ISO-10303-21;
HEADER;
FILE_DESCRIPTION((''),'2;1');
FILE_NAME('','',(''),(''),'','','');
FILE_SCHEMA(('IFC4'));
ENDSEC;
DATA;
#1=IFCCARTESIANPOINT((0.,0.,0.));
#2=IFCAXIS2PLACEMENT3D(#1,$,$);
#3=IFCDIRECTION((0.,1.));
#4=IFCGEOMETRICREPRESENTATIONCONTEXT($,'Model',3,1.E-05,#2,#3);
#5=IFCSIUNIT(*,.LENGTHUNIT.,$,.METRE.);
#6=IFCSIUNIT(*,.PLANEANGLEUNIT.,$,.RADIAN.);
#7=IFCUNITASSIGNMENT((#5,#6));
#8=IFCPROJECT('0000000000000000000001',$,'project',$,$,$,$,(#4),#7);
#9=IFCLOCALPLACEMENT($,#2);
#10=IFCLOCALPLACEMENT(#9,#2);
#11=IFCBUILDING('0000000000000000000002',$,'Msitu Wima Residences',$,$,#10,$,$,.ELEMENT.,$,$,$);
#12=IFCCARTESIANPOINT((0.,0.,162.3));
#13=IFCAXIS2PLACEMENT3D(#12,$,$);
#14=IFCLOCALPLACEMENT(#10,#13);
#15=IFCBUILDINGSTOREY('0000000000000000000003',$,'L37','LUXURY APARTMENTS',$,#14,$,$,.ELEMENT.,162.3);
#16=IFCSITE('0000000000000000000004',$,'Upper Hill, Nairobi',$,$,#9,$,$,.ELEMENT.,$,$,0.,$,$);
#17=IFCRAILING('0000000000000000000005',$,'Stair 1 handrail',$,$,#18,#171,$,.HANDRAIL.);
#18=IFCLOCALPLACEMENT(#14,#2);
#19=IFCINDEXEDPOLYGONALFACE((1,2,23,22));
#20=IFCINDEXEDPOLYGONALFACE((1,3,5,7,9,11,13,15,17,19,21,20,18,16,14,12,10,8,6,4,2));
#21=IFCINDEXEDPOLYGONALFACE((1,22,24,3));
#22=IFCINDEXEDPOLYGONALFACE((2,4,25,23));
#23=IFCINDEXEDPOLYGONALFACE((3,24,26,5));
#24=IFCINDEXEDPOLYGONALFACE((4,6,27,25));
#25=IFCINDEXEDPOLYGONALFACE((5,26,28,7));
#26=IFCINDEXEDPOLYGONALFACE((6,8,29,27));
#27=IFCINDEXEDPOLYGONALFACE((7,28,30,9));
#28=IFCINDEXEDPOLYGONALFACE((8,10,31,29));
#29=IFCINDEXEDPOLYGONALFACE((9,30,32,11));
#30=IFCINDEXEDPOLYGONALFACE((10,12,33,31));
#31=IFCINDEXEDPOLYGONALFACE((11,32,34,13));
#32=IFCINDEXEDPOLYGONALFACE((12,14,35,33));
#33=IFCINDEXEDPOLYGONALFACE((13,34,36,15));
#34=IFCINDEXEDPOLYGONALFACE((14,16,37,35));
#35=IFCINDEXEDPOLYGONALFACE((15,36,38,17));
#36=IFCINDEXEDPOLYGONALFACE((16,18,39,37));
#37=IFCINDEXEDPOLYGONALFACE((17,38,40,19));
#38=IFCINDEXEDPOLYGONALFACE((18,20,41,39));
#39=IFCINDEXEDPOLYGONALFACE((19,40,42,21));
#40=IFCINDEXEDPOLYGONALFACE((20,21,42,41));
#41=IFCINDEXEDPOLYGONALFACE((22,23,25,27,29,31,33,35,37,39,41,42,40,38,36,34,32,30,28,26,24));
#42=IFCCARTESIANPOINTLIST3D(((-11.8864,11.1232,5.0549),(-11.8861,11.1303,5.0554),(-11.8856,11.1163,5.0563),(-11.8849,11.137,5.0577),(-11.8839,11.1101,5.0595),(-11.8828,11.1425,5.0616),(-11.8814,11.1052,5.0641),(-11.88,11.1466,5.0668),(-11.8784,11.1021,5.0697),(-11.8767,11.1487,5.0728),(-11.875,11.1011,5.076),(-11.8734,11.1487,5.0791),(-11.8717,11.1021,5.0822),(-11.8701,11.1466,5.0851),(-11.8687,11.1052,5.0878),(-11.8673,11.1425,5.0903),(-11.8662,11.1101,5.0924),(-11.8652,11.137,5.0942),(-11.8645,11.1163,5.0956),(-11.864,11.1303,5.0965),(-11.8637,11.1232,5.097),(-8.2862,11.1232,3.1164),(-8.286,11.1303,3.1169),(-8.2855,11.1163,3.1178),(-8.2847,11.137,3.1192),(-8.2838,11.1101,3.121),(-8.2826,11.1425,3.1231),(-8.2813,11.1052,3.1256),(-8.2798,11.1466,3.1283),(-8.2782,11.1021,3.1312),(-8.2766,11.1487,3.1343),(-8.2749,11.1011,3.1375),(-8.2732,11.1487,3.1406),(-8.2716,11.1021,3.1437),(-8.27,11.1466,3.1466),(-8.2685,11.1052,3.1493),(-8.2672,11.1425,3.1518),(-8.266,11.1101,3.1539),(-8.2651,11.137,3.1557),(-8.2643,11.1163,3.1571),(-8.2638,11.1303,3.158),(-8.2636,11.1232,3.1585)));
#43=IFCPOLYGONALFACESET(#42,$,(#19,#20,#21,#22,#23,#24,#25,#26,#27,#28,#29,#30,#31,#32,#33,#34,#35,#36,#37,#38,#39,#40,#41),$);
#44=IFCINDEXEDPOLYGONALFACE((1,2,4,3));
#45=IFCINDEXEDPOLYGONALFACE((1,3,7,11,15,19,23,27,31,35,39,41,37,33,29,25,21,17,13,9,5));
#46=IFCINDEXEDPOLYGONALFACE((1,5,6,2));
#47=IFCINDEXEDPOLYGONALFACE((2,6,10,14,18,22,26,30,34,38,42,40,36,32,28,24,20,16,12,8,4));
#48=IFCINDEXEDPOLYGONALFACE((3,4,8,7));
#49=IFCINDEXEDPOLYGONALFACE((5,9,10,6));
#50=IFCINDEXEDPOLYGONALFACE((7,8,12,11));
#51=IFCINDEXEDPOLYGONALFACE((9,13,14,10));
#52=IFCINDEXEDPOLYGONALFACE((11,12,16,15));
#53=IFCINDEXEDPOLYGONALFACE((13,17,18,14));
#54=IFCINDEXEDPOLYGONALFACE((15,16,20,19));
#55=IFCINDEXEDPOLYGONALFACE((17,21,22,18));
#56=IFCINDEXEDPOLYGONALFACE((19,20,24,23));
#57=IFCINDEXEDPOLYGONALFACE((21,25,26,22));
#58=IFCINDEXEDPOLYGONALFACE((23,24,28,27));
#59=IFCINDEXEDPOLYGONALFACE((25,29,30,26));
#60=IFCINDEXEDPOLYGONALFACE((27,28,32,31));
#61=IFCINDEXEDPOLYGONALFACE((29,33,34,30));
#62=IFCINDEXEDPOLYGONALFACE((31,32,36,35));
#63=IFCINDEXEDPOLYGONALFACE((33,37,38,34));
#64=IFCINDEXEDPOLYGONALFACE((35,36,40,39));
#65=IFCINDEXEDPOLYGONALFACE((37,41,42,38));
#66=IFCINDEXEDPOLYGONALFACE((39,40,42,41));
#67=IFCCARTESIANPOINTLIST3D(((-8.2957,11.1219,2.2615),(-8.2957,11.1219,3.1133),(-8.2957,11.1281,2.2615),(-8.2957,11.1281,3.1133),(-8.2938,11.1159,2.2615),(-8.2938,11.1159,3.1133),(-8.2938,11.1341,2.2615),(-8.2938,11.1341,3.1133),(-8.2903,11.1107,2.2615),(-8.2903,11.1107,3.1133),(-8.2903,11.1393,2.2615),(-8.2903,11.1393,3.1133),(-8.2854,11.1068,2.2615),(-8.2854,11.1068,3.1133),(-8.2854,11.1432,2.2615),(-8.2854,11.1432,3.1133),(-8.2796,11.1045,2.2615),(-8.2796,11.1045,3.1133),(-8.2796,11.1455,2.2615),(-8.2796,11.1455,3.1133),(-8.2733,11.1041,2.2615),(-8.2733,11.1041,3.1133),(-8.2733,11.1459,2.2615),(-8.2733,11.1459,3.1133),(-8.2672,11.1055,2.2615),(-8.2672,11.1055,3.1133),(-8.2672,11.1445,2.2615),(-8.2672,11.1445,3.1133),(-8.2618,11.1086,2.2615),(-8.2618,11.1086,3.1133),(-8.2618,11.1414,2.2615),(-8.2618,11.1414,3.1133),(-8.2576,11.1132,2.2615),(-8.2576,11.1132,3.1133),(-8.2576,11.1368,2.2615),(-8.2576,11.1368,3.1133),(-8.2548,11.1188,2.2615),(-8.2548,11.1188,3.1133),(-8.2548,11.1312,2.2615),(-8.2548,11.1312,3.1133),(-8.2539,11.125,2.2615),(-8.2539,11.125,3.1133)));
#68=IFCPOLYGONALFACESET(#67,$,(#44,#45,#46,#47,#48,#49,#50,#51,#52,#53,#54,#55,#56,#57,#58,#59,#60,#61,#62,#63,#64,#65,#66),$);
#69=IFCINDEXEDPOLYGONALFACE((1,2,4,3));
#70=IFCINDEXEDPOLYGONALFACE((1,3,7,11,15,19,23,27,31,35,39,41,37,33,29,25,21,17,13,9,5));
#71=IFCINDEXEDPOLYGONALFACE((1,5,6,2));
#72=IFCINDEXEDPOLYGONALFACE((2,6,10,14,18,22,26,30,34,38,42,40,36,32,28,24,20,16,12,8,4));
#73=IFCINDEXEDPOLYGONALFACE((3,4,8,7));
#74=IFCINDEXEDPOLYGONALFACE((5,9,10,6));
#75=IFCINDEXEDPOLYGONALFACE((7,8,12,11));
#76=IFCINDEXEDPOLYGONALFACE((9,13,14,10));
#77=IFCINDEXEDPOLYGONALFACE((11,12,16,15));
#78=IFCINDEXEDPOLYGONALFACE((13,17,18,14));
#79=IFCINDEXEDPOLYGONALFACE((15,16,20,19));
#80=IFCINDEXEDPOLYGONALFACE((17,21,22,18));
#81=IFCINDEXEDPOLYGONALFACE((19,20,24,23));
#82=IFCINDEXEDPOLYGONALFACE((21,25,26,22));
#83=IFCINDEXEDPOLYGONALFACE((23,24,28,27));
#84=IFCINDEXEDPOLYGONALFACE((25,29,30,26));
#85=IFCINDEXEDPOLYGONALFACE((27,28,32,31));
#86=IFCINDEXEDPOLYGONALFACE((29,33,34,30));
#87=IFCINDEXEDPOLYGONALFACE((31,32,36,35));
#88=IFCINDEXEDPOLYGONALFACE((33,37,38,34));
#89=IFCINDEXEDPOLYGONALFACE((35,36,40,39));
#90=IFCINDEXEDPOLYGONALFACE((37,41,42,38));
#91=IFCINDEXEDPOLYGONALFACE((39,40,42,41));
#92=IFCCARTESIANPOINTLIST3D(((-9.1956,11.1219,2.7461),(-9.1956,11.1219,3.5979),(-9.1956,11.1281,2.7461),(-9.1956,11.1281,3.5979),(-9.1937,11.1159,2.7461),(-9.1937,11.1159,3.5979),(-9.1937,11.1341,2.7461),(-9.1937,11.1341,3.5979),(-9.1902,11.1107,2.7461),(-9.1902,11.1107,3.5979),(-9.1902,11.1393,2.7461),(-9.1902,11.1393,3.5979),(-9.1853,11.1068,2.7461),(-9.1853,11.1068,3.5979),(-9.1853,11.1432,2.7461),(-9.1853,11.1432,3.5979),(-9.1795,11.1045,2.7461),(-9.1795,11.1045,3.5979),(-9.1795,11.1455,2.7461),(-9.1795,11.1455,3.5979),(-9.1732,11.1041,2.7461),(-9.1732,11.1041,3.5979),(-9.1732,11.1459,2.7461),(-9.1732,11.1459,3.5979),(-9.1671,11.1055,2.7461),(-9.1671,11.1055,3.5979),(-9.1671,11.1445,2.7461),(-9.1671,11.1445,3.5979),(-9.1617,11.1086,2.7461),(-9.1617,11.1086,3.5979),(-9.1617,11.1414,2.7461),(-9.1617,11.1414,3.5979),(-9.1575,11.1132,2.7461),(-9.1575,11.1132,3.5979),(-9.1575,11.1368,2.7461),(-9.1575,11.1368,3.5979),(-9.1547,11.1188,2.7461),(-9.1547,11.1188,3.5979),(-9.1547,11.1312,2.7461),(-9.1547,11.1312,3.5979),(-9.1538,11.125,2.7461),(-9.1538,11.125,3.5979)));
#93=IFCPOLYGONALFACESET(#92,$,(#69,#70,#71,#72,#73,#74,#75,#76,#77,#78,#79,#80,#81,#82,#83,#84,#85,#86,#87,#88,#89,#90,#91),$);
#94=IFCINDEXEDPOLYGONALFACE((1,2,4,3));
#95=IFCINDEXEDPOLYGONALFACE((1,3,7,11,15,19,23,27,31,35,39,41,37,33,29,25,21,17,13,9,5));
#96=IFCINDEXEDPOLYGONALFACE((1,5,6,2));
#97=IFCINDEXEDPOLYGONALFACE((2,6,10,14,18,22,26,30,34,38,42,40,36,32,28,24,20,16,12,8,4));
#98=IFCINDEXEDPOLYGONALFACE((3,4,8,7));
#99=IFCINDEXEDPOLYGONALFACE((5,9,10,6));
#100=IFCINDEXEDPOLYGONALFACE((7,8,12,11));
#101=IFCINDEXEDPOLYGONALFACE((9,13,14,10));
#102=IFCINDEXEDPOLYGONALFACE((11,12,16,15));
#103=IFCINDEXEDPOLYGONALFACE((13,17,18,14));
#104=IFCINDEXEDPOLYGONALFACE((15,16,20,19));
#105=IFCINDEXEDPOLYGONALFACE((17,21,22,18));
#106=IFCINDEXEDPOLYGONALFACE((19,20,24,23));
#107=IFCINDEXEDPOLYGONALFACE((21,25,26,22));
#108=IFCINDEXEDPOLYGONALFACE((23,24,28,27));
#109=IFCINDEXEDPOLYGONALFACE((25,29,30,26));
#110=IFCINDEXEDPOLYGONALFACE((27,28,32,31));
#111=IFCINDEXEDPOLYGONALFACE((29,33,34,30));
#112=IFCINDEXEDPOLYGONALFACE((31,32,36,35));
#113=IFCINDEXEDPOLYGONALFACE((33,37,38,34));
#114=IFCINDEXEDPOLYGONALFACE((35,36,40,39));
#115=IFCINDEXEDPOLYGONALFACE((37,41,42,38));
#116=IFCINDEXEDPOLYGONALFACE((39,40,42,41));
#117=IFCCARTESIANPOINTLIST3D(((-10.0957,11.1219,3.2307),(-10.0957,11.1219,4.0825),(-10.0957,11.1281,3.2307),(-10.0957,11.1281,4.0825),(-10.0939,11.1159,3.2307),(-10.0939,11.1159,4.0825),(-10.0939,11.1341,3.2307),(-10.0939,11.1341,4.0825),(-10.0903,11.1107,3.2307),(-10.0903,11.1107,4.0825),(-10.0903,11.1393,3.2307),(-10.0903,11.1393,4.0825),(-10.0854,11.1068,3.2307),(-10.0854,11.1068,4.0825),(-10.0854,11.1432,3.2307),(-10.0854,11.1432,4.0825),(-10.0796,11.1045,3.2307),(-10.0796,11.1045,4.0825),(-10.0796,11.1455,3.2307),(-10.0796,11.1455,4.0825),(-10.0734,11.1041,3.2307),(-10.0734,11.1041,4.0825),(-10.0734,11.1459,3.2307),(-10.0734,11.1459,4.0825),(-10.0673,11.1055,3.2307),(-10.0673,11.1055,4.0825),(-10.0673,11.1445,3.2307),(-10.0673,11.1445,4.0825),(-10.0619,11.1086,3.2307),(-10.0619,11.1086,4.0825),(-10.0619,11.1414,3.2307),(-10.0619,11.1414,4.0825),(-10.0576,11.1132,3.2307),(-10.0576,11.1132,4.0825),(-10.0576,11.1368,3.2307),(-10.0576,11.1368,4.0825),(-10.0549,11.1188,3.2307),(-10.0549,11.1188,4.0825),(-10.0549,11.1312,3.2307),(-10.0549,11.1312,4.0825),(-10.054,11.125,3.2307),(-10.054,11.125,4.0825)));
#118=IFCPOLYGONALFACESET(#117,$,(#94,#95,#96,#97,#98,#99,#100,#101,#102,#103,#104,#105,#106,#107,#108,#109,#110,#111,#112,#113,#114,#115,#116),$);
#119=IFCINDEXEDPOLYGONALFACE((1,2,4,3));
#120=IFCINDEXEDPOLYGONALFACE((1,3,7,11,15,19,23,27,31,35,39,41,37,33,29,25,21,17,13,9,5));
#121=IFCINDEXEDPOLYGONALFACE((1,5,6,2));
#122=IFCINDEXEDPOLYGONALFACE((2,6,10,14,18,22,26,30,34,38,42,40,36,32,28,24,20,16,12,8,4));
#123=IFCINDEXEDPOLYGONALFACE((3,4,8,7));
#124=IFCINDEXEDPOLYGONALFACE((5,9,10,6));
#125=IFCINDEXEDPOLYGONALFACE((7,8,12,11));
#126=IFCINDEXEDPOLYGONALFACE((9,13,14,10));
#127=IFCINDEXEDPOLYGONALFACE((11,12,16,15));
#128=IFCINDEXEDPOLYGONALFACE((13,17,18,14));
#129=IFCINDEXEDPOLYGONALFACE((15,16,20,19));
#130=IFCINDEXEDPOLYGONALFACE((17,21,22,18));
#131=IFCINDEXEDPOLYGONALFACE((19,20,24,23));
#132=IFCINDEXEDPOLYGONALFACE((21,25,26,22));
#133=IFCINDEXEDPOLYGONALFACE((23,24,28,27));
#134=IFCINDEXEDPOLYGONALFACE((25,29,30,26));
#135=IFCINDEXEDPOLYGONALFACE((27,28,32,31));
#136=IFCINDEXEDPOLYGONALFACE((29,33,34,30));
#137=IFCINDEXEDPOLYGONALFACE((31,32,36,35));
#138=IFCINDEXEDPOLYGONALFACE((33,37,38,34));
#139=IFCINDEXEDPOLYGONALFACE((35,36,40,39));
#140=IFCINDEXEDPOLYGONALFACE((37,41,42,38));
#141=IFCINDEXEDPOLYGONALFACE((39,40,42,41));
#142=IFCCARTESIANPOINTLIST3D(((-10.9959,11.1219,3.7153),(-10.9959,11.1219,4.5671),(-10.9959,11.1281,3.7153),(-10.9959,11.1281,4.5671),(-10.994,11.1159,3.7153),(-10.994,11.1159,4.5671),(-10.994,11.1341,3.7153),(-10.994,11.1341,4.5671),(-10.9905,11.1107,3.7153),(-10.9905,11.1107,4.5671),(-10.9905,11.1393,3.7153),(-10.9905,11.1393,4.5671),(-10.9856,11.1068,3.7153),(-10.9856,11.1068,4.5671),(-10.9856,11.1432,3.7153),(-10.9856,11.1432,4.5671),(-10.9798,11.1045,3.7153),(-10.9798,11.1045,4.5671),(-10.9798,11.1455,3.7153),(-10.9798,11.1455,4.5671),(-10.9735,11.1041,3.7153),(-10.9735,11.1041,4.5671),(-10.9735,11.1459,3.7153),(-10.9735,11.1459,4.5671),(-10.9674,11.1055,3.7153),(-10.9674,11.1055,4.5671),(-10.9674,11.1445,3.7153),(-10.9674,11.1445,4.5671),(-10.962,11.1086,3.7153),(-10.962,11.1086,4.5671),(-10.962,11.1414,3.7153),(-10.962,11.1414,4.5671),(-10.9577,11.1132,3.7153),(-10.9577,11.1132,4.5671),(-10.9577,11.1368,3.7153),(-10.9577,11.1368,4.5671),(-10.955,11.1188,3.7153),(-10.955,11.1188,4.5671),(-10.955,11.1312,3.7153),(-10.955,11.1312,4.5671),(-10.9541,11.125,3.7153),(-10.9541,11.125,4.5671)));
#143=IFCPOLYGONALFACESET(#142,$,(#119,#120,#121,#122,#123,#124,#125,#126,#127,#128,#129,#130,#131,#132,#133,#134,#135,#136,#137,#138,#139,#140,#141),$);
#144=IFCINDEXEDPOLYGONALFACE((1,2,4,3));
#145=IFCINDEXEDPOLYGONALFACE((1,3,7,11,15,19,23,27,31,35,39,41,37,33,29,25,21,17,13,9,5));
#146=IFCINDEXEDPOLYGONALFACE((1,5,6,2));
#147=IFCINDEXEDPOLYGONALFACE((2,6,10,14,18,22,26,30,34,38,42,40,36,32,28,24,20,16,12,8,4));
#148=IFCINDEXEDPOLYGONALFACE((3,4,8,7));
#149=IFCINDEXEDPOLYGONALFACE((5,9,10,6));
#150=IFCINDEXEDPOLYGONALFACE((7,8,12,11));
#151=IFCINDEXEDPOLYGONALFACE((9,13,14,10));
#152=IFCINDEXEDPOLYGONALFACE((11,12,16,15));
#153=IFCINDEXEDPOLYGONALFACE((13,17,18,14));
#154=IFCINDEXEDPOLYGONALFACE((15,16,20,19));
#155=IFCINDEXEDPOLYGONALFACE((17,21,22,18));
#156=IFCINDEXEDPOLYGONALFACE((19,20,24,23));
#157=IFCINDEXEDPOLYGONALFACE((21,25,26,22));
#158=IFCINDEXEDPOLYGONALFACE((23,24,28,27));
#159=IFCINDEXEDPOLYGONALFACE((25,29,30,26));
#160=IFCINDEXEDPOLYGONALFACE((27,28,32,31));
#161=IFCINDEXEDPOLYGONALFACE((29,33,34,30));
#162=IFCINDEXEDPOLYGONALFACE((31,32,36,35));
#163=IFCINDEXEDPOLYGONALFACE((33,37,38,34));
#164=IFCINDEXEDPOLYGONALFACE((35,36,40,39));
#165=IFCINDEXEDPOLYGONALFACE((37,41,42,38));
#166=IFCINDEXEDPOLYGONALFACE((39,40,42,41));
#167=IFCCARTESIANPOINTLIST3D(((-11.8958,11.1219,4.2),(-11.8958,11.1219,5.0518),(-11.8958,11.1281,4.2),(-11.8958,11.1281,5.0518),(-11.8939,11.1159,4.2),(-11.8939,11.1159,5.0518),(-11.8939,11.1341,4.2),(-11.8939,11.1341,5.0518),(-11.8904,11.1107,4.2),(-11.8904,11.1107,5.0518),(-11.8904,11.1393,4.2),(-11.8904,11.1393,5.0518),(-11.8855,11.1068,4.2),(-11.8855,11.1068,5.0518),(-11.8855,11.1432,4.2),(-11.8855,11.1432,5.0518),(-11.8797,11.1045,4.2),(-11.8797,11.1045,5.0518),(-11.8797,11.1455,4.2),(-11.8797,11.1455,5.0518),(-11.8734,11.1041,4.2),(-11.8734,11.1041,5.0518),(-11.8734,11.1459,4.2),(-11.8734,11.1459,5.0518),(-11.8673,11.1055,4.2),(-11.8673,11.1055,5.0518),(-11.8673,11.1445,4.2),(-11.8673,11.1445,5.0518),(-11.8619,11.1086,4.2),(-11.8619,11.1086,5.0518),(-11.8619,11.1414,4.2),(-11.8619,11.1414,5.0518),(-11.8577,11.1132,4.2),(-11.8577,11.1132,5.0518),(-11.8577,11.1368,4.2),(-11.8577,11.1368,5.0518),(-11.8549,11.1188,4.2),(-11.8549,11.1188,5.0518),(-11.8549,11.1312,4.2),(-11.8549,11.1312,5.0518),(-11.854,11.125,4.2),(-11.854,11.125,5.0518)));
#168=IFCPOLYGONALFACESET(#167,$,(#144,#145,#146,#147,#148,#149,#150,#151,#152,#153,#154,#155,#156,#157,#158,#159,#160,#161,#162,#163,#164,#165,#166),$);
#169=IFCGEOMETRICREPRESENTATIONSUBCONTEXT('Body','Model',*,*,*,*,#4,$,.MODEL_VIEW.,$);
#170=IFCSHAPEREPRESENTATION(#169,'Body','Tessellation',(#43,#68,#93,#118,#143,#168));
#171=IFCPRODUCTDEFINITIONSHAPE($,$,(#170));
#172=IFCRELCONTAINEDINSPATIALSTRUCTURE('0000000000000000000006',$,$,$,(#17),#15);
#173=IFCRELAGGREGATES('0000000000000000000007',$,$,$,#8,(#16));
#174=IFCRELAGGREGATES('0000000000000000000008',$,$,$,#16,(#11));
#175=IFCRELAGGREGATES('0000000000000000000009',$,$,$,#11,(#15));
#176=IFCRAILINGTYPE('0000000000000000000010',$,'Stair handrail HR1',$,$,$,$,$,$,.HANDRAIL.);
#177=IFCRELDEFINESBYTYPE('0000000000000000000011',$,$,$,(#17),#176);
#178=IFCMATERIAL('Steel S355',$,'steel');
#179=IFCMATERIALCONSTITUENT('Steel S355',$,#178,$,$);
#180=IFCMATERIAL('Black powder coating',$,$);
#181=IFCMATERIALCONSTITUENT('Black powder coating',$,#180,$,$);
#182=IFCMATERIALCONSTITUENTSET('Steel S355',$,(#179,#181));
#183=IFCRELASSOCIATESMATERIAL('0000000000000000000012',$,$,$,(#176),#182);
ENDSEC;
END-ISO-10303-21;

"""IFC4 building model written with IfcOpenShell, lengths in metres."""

from ifc_helpers import new_model, si_unit, direction, frame, origin, origin_2d, place, context, subcontext, project, spatial, circle, extrude, material, constituent, constituent_set, type_object, element, save


model = new_model("IFC4")

# Units and contexts
model_context = context("Model", 3, precision=1e-05, world=origin(), true_north=direction((0.0, 1.0)))
body_context = subcontext(model_context, "Body", "Model", "MODEL_VIEW")
ifc_project = project(units=[si_unit("LENGTHUNIT", "METRE"), si_unit("PLANEANGLEUNIT", "RADIAN")], contexts=[model_context])

# Site, building, storey
site_placement = place(None, origin())
site = spatial("IfcSite", under=ifc_project, at=site_placement, Name="Upper Hill, Nairobi", CompositionType="ELEMENT", RefElevation=0.0)
building_placement = place(site_placement, origin())
building = spatial("IfcBuilding", under=site, at=building_placement, Name="Msitu Wima Residences", CompositionType="ELEMENT")
storey_placement = place(building_placement, frame((0.0, 0.0, 162.3)))
storey = spatial("IfcBuildingStorey", under=building, at=storey_placement, Name="L37", Description="LUXURY APARTMENTS", CompositionType="ELEMENT", Elevation=162.3)

# Railing
ifc_material_1 = material(Name="Steel S355", Category="steel")
ifc_constituent_1 = constituent(ifc_material_1, Name="Steel S355")
ifc_material_2 = material(Name="Black powder coating")
ifc_constituent_2 = constituent(ifc_material_2, Name="Black powder coating")
ifc_constituent_set_1 = constituent_set(constituents=[ifc_constituent_1, ifc_constituent_2], Name="Steel S355")
railing_type_1 = type_object("IfcRailingType", Name="Stair handrail HR1", PredefinedType="HANDRAIL", material=ifc_constituent_set_1)
for number, where, name in (
    (1, (-8.2749, 11.125, 2.2615), "Stair 1 handrail"),
):
    element("IfcRailing", number, at=place(storey_placement, frame(where)), inside=storey, type_object=railing_type_1, Name=name, PredefinedType="HANDRAIL", context=body_context, shape_type="SweptSolid", body=[
        extrude(circle(Radius=0.0239, at=origin_2d()), frame((0.0, 0.0, 0.876), z_axis=(-0.880475, 0.0, 0.474093), x_axis=(0.0, -1.0, 0.0)), (0.0, 0.0, 1.0), 4.0889),
        extrude(circle(Radius=0.021, at=origin_2d()), origin(), (0.0, 0.0, 1.0), 0.8518),
        extrude(circle(Radius=0.021, at=origin_2d()), frame((-0.8999, 0.0, 0.4846)), (0.0, 0.0, 1.0), 0.8518),
        extrude(circle(Radius=0.021, at=origin_2d()), frame((-1.8, 0.0, 0.9692)), (0.0, 0.0, 1.0), 0.8518),
        extrude(circle(Radius=0.021, at=origin_2d()), frame((-2.7002, 0.0, 1.4539)), (0.0, 0.0, 1.0), 0.8518),
        extrude(circle(Radius=0.021, at=origin_2d()), frame((-3.6001, 0.0, 1.9385)), (0.0, 0.0, 1.0), 0.8518),
    ])

save(model, "model.ifc")
